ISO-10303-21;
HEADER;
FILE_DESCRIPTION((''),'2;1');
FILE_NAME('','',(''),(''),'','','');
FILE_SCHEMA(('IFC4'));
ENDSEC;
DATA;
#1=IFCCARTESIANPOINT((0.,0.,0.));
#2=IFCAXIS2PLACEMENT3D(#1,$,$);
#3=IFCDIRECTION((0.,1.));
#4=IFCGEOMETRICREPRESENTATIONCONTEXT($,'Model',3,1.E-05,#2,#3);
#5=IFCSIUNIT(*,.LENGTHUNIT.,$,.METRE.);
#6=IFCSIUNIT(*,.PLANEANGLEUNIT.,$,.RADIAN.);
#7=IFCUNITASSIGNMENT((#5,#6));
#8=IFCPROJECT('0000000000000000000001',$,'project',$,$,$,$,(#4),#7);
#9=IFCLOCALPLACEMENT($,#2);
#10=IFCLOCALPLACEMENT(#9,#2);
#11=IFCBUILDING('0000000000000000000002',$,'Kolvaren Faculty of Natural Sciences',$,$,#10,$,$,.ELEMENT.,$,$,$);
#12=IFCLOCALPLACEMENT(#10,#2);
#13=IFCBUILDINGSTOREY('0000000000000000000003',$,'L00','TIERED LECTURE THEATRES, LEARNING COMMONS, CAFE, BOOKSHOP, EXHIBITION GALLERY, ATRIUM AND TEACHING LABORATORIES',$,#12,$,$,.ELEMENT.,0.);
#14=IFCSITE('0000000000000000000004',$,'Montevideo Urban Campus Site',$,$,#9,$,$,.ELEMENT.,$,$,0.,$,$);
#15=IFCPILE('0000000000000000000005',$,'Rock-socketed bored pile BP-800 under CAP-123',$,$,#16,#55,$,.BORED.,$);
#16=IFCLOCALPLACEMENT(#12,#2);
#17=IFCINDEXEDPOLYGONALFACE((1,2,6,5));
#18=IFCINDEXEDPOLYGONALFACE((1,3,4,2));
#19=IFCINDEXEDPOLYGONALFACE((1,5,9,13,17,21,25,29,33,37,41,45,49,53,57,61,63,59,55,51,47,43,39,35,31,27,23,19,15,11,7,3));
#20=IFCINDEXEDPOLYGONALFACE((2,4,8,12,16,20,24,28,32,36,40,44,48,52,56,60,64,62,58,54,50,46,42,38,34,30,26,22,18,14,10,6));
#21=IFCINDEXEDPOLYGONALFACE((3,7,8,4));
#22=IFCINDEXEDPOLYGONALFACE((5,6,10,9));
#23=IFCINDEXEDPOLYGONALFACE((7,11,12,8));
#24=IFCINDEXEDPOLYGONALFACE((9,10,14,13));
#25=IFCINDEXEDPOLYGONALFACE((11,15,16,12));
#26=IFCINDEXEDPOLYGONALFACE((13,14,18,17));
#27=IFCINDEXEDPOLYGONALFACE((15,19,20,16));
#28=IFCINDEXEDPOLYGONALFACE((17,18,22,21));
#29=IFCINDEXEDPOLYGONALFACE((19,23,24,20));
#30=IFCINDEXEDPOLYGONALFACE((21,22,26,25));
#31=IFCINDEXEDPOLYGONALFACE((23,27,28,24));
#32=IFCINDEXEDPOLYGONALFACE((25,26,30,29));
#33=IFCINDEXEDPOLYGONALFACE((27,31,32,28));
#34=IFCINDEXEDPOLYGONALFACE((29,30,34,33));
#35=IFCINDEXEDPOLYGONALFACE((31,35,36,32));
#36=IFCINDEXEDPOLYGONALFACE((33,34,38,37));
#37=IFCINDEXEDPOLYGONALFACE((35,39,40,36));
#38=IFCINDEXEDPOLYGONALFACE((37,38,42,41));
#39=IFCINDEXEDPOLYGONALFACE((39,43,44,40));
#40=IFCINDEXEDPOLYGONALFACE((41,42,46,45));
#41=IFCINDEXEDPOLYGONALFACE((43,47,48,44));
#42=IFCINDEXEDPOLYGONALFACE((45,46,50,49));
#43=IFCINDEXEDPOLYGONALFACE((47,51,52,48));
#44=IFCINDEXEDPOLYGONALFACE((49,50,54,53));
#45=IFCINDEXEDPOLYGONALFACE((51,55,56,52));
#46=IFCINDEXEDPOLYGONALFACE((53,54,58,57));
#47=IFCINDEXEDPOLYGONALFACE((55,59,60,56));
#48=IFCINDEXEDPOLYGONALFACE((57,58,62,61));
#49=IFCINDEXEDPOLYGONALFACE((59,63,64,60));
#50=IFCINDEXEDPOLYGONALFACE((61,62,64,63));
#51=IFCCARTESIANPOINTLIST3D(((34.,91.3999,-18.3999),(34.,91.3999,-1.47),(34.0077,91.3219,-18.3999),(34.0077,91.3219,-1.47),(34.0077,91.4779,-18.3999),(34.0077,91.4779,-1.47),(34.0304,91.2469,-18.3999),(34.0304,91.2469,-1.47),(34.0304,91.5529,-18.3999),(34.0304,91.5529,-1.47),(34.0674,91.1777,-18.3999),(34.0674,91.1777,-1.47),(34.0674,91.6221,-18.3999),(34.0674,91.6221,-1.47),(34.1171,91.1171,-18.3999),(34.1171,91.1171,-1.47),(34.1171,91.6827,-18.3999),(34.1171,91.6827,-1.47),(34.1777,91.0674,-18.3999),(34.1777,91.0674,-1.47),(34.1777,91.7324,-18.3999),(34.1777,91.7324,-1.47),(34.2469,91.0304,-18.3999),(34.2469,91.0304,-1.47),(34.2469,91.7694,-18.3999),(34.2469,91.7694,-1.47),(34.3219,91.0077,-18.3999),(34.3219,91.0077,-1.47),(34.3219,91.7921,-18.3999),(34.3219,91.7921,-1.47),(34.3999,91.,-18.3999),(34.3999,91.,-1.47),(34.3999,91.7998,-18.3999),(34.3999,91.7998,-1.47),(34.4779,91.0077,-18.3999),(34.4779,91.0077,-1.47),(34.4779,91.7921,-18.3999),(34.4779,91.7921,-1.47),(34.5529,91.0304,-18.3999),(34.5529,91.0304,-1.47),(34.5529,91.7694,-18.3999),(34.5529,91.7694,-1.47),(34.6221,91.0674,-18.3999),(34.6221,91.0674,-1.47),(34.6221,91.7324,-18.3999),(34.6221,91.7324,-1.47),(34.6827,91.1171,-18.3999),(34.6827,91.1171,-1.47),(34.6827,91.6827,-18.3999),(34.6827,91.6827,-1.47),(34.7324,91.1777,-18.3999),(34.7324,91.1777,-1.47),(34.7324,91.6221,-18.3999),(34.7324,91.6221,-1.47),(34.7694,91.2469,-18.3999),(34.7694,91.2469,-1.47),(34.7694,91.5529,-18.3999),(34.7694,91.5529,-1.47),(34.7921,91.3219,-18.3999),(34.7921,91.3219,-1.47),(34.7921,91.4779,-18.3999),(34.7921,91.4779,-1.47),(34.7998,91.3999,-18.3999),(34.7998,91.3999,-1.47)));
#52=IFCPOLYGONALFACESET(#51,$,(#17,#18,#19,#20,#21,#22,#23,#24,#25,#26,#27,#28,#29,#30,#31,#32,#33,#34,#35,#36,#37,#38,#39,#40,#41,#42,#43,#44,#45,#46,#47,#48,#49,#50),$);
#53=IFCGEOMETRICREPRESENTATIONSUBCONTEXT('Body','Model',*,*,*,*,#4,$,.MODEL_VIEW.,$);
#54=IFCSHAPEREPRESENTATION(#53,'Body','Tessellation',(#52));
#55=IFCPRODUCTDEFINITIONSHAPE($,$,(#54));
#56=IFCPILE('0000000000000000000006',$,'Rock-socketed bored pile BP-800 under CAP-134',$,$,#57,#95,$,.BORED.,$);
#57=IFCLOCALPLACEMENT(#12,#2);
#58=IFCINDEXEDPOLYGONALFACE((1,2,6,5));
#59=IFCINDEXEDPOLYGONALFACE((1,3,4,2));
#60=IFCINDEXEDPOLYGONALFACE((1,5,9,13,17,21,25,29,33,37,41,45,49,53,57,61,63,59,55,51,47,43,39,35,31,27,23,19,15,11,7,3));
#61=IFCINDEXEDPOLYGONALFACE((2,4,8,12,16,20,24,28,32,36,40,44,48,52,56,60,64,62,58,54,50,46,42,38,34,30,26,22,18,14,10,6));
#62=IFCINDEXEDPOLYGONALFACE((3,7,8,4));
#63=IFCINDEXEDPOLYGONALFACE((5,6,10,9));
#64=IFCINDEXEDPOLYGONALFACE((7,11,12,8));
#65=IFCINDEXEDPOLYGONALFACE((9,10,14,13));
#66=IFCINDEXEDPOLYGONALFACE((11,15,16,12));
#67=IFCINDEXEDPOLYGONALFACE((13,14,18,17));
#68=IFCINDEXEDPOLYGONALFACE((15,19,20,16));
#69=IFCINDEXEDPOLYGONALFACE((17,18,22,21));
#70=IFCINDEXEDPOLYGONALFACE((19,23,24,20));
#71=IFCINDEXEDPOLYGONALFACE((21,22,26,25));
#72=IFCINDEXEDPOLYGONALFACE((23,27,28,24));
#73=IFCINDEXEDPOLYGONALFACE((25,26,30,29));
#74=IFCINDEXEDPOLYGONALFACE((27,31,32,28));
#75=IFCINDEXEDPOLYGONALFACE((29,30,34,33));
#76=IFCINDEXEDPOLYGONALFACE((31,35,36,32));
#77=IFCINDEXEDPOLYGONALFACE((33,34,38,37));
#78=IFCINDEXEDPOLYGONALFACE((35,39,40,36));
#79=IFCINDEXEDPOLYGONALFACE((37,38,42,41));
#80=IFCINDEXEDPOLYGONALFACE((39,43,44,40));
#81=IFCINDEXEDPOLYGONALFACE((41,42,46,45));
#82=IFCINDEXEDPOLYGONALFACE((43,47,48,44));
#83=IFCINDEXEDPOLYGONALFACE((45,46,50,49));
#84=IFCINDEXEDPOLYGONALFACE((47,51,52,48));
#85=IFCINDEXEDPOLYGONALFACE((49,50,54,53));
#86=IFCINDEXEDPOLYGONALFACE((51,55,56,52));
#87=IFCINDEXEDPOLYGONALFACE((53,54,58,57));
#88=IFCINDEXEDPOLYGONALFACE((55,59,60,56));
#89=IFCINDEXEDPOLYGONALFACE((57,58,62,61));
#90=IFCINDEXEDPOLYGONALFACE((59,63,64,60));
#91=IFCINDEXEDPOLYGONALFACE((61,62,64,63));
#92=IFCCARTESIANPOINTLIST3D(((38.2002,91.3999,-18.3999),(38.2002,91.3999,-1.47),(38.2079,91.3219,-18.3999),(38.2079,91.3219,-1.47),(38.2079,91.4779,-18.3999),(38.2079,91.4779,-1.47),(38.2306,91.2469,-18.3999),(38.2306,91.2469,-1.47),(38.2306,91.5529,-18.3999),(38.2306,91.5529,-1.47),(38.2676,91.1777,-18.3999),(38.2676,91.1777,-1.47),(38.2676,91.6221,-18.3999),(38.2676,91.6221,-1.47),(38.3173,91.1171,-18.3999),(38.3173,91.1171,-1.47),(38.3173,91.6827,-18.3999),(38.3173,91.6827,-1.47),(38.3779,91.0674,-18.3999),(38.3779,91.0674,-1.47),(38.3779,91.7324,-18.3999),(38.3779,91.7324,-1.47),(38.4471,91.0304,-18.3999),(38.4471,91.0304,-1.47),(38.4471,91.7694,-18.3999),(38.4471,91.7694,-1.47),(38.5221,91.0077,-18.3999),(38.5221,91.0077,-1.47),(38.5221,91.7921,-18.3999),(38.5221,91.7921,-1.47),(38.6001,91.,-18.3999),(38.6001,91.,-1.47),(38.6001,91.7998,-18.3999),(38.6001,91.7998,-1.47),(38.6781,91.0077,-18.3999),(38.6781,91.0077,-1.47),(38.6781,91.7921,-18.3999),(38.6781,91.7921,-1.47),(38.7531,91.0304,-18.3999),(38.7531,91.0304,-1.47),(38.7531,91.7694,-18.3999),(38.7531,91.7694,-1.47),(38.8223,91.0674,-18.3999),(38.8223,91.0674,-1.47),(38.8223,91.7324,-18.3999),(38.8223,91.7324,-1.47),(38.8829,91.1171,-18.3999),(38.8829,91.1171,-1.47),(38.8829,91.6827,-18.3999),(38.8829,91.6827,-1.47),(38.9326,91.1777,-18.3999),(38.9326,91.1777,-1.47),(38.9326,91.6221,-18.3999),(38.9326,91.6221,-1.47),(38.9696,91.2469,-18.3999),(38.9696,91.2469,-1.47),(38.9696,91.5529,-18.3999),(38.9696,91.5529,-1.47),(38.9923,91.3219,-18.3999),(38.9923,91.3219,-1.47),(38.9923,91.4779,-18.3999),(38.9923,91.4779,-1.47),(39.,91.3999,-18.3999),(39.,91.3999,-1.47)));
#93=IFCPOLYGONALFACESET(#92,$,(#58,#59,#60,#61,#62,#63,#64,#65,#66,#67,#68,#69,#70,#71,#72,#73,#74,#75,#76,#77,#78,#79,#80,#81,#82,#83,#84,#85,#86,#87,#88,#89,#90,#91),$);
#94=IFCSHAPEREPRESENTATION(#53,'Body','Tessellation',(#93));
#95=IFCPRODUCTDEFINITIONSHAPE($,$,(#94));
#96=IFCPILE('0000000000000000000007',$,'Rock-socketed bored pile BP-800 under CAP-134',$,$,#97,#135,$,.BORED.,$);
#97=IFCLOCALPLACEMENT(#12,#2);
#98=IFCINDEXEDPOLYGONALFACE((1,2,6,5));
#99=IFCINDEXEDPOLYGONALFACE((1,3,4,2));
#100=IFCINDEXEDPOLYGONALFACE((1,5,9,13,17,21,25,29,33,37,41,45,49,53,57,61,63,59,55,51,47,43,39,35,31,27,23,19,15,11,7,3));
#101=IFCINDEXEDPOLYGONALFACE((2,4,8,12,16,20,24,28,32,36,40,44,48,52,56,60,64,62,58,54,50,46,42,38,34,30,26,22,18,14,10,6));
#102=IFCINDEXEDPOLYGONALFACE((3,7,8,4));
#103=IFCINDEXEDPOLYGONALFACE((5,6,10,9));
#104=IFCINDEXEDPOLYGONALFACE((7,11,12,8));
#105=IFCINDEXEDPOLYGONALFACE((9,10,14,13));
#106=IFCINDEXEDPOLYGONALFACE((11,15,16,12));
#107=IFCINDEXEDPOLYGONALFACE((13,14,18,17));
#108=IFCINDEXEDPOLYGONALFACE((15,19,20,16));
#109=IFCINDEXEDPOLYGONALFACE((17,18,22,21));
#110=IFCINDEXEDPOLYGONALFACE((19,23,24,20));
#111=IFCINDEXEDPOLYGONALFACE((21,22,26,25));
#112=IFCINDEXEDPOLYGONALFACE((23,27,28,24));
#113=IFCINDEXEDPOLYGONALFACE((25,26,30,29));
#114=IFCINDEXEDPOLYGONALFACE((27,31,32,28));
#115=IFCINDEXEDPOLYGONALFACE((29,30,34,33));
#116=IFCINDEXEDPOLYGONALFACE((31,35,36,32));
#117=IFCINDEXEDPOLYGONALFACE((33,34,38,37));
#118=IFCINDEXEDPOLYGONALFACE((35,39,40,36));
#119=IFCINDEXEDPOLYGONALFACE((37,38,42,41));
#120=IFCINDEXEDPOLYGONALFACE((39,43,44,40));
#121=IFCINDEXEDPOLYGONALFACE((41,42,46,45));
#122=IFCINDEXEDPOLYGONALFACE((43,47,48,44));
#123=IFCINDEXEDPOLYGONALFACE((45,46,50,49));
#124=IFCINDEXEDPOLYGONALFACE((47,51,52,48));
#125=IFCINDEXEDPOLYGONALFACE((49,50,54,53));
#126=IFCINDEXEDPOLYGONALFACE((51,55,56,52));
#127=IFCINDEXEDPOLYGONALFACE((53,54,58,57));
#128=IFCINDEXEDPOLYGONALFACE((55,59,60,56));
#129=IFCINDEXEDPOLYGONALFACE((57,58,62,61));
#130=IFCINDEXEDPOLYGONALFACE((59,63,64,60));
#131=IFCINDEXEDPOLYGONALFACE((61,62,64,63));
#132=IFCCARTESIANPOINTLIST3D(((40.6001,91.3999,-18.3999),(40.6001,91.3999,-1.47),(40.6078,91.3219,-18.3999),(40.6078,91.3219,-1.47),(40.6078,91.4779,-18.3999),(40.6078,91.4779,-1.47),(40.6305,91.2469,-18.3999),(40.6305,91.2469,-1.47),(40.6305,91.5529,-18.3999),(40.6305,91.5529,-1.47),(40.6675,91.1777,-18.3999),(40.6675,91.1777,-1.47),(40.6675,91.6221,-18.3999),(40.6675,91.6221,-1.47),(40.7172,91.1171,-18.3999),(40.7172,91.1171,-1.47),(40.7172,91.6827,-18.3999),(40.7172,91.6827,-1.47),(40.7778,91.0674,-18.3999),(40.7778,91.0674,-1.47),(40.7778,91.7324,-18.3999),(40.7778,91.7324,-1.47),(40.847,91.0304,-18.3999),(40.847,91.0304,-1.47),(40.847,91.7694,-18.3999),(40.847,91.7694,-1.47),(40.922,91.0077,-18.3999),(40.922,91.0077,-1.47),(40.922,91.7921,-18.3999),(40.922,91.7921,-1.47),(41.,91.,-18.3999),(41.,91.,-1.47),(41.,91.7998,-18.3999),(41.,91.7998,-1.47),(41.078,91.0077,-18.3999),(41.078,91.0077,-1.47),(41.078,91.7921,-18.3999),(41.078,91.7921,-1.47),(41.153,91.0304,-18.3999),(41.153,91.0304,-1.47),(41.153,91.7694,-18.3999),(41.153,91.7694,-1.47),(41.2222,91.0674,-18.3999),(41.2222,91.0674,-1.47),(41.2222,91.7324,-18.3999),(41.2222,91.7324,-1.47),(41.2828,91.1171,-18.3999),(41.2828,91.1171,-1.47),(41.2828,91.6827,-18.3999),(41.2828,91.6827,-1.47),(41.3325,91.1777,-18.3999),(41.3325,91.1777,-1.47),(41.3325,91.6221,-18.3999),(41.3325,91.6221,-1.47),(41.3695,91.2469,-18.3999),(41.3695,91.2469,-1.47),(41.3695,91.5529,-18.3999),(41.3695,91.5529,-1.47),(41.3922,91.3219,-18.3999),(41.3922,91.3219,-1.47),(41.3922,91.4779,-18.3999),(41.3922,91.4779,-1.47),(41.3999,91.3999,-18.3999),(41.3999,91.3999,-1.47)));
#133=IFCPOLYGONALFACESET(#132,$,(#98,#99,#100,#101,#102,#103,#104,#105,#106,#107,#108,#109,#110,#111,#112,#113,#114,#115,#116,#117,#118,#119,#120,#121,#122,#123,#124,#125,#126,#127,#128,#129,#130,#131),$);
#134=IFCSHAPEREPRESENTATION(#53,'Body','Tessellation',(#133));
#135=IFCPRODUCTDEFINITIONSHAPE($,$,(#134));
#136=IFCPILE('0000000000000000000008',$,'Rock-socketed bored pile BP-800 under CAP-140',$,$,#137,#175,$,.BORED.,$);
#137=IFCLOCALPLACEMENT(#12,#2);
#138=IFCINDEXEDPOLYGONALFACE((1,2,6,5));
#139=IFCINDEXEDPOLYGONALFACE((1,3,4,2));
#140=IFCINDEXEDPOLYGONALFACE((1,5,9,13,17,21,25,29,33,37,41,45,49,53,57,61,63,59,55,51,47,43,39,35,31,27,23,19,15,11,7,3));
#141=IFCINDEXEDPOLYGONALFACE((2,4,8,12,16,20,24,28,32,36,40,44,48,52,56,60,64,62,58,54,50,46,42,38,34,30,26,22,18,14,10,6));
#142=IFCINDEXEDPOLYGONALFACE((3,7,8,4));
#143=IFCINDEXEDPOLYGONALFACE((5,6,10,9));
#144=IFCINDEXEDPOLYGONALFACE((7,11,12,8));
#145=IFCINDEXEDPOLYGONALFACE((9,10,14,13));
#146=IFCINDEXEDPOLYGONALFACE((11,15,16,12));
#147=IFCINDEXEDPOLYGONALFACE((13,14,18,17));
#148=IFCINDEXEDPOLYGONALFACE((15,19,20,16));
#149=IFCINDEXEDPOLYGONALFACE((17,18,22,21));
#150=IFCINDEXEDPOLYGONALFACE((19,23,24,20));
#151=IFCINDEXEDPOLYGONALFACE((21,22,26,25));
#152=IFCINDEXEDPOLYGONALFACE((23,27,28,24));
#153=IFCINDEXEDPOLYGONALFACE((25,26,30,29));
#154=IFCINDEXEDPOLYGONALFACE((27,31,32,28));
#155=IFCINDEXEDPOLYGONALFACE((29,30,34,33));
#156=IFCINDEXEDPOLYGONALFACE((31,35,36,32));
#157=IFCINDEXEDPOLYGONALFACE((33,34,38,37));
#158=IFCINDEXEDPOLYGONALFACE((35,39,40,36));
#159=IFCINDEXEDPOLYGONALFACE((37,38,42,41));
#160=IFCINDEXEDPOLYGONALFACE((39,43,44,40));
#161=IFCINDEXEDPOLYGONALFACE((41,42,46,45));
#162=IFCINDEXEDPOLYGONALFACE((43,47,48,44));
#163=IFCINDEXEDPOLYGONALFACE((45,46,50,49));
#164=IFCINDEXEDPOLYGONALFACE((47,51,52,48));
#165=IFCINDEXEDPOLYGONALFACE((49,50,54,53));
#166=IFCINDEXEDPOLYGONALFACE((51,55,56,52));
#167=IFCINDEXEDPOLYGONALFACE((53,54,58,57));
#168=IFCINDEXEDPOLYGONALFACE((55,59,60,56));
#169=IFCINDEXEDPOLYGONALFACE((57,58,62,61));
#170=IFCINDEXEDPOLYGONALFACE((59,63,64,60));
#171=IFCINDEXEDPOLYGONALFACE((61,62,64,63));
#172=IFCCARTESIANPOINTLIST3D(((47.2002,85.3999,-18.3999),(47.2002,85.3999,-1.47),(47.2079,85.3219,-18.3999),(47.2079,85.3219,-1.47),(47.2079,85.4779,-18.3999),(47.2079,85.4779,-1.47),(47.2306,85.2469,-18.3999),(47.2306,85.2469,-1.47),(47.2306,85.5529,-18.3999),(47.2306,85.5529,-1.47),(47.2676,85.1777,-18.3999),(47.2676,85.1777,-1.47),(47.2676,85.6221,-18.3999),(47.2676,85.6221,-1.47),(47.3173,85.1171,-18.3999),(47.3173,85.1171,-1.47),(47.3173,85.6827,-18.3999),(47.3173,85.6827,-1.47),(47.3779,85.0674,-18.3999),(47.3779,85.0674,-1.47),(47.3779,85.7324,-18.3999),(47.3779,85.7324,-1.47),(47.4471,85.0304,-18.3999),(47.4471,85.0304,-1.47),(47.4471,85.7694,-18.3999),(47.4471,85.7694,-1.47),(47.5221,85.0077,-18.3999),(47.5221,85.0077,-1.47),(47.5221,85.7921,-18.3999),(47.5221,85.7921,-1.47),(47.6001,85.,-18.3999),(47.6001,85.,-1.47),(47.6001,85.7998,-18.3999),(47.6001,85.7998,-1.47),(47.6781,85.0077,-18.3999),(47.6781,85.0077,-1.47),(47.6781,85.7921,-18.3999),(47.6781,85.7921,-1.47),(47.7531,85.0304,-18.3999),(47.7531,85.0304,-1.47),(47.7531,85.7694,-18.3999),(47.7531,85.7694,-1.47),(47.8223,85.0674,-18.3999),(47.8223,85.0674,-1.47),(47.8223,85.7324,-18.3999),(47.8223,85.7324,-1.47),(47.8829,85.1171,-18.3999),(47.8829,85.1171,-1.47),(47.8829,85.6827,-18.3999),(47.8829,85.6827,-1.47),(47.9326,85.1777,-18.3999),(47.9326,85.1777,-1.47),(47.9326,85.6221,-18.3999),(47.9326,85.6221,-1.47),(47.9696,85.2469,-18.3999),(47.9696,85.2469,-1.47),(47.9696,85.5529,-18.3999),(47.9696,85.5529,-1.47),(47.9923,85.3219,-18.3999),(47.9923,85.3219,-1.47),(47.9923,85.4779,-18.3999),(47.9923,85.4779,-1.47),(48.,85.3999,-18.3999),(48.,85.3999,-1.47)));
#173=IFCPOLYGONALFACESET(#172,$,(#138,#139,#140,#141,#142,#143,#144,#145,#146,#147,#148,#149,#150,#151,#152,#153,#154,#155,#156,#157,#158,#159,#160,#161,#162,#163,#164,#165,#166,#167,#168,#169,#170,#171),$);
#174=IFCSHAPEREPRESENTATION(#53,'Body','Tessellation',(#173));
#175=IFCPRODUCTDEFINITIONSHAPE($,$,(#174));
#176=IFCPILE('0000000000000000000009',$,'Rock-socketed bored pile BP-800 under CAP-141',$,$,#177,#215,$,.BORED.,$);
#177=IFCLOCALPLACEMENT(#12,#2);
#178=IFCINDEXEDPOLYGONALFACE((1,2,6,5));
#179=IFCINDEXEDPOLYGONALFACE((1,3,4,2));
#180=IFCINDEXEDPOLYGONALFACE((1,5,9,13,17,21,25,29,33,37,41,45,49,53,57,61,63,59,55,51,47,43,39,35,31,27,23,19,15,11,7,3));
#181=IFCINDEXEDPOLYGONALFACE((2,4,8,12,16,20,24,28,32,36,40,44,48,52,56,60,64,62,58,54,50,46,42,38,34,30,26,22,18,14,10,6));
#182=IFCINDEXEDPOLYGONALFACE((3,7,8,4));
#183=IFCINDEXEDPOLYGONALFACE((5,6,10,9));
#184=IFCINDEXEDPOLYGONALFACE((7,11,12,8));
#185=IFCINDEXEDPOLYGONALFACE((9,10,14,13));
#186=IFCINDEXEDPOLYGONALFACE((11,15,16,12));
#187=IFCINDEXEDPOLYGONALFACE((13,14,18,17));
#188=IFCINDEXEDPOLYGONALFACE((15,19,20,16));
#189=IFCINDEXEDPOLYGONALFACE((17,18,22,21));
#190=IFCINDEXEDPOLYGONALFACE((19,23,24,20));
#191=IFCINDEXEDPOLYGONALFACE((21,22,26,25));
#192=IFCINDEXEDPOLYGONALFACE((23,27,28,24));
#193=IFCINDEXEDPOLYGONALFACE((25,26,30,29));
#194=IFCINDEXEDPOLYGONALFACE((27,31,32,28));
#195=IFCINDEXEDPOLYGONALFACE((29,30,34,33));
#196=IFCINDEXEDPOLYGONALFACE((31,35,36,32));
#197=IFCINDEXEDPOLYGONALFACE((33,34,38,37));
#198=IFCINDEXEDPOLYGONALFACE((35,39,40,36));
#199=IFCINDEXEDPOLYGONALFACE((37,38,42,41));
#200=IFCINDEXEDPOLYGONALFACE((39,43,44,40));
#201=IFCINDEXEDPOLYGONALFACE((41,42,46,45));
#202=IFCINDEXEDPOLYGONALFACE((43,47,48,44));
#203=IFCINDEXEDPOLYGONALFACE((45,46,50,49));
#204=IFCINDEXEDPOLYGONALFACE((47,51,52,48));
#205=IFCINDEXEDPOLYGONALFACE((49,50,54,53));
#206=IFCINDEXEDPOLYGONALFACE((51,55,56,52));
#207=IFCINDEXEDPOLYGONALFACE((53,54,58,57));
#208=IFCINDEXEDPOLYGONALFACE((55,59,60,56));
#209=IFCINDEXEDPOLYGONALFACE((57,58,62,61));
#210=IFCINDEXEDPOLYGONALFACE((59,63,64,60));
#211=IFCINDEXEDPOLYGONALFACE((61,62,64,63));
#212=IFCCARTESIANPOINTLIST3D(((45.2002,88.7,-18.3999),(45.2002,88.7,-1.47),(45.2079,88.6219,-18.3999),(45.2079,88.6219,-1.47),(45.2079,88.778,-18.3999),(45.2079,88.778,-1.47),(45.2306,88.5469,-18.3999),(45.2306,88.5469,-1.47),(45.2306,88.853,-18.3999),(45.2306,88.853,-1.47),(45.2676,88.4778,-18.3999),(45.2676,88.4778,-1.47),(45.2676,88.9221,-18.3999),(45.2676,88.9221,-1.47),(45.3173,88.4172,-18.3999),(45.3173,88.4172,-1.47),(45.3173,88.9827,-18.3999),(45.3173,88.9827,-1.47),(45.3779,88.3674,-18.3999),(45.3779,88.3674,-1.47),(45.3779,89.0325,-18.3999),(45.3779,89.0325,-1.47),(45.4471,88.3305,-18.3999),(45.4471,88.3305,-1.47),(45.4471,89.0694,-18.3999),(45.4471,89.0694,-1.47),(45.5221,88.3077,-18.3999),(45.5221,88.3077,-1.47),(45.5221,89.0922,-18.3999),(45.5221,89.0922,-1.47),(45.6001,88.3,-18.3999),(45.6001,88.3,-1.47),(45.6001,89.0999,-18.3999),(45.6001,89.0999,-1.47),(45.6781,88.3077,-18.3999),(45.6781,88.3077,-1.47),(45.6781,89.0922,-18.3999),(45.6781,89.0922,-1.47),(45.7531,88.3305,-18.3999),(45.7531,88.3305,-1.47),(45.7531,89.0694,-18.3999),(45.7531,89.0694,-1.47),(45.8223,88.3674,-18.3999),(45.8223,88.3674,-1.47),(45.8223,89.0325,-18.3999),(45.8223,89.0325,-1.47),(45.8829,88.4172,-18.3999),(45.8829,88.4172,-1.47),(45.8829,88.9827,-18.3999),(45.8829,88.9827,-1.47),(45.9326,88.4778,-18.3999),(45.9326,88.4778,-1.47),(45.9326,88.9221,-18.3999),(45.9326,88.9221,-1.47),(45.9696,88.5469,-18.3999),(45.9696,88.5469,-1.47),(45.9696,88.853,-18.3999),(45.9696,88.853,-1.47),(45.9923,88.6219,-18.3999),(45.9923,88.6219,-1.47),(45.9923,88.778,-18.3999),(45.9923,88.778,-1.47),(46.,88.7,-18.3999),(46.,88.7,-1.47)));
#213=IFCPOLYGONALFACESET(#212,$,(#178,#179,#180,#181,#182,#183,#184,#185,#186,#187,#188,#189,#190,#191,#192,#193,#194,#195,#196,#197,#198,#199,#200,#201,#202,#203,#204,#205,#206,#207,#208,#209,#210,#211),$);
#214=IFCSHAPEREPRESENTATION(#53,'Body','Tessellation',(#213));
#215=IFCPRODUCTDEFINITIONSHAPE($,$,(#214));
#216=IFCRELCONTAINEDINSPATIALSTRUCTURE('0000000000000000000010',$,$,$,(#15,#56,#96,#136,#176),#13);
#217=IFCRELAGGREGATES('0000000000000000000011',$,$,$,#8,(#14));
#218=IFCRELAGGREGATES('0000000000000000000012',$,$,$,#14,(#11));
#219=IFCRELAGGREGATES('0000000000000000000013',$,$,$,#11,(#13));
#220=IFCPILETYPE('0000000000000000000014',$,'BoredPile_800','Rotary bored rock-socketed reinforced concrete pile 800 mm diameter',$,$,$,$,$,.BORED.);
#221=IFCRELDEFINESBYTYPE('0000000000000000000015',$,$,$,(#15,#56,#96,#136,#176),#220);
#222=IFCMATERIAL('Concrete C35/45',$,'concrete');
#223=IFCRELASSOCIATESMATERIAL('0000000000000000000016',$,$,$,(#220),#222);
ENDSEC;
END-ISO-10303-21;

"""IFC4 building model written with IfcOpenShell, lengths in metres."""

from ifc_helpers import new_model, si_unit, direction, frame, origin, origin_2d, place, context, subcontext, project, spatial, circle, extrude, material, material_profile, profile_set, type_object, element, save


model = new_model("IFC4")

# Units and contexts
model_context = context("Model", 3, precision=1e-05, world=origin(), true_north=direction((0.0, 1.0)))
body_context = subcontext(model_context, "Body", "Model", "MODEL_VIEW")
ifc_project = project(units=[si_unit("LENGTHUNIT", "METRE"), si_unit("PLANEANGLEUNIT", "RADIAN")], contexts=[model_context])

# Site, building, storey
site_placement = place(None, origin())
site = spatial("IfcSite", under=ifc_project, at=site_placement, Name="Montevideo Urban Campus Site", CompositionType="ELEMENT", RefElevation=0.0)
building_placement = place(site_placement, origin())
building = spatial("IfcBuilding", under=site, at=building_placement, Name="Kolvaren Faculty of Natural Sciences", CompositionType="ELEMENT")
storey_placement = place(building_placement, origin())
storey = spatial("IfcBuildingStorey", under=building, at=storey_placement, Name="L00", Description="TIERED LECTURE THEATRES, LEARNING COMMONS, CAFE, BOOKSHOP, EXHIBITION GALLERY, ATRIUM AND TEACHING LABORATORIES", CompositionType="ELEMENT", Elevation=0.0)

# Piles
ifc_material_1 = material(Name="Concrete C35/45", Category="concrete")
ifc_material_profile_1 = material_profile(ifc_material_1, circle(Radius=0.3999, at=origin_2d()), Name="PILE D800")
ifc_profile_set_1 = profile_set([ifc_material_profile_1], Name="Concrete C35/45")
pile_type = type_object("IfcPileType", Name="BoredPile_800", Description="Rotary bored rock-socketed reinforced concrete pile 800 mm diameter", PredefinedType="BORED", material=ifc_profile_set_1)
for number, where, z_axis, x_axis, name in (
    (1, (34.3999, 91.3999, -1.47), (0.0, 0.0, -1.0), (1.0, 0.0, 0.0), "Rock-socketed bored pile BP-800 under CAP-123"),
    (2, (38.6001, 91.3999, -1.47), (0.0, 0.0, -1.0), (1.0, 0.0, 0.0), "Rock-socketed bored pile BP-800 under CAP-134"),
    (3, (41.0, 91.3999, -1.47), (0.0, 0.0, -1.0), (1.0, 0.0, 0.0), "Rock-socketed bored pile BP-800 under CAP-134"),
    (4, (47.6001, 85.3999, -1.47), (0.0, 0.0, -1.0), (1.0, 0.0, 0.0), "Rock-socketed bored pile BP-800 under CAP-140"),
    (5, (45.6001, 88.7, -1.47), (0.0, 0.0, -1.0), (1.0, 0.0, 0.0), "Rock-socketed bored pile BP-800 under CAP-141"),
):
    element("IfcPile", number, at=place(storey_placement, frame(where, z_axis=z_axis, x_axis=x_axis)), inside=storey, type_object=pile_type, Name=name, PredefinedType="BORED", context=body_context, shape_type="SweptSolid", body=[
        extrude(circle(Radius=0.3999, at=origin_2d()), origin(), (0.0, 0.0, 1.0), 16.9299),
    ])

save(model, "model.ifc")
